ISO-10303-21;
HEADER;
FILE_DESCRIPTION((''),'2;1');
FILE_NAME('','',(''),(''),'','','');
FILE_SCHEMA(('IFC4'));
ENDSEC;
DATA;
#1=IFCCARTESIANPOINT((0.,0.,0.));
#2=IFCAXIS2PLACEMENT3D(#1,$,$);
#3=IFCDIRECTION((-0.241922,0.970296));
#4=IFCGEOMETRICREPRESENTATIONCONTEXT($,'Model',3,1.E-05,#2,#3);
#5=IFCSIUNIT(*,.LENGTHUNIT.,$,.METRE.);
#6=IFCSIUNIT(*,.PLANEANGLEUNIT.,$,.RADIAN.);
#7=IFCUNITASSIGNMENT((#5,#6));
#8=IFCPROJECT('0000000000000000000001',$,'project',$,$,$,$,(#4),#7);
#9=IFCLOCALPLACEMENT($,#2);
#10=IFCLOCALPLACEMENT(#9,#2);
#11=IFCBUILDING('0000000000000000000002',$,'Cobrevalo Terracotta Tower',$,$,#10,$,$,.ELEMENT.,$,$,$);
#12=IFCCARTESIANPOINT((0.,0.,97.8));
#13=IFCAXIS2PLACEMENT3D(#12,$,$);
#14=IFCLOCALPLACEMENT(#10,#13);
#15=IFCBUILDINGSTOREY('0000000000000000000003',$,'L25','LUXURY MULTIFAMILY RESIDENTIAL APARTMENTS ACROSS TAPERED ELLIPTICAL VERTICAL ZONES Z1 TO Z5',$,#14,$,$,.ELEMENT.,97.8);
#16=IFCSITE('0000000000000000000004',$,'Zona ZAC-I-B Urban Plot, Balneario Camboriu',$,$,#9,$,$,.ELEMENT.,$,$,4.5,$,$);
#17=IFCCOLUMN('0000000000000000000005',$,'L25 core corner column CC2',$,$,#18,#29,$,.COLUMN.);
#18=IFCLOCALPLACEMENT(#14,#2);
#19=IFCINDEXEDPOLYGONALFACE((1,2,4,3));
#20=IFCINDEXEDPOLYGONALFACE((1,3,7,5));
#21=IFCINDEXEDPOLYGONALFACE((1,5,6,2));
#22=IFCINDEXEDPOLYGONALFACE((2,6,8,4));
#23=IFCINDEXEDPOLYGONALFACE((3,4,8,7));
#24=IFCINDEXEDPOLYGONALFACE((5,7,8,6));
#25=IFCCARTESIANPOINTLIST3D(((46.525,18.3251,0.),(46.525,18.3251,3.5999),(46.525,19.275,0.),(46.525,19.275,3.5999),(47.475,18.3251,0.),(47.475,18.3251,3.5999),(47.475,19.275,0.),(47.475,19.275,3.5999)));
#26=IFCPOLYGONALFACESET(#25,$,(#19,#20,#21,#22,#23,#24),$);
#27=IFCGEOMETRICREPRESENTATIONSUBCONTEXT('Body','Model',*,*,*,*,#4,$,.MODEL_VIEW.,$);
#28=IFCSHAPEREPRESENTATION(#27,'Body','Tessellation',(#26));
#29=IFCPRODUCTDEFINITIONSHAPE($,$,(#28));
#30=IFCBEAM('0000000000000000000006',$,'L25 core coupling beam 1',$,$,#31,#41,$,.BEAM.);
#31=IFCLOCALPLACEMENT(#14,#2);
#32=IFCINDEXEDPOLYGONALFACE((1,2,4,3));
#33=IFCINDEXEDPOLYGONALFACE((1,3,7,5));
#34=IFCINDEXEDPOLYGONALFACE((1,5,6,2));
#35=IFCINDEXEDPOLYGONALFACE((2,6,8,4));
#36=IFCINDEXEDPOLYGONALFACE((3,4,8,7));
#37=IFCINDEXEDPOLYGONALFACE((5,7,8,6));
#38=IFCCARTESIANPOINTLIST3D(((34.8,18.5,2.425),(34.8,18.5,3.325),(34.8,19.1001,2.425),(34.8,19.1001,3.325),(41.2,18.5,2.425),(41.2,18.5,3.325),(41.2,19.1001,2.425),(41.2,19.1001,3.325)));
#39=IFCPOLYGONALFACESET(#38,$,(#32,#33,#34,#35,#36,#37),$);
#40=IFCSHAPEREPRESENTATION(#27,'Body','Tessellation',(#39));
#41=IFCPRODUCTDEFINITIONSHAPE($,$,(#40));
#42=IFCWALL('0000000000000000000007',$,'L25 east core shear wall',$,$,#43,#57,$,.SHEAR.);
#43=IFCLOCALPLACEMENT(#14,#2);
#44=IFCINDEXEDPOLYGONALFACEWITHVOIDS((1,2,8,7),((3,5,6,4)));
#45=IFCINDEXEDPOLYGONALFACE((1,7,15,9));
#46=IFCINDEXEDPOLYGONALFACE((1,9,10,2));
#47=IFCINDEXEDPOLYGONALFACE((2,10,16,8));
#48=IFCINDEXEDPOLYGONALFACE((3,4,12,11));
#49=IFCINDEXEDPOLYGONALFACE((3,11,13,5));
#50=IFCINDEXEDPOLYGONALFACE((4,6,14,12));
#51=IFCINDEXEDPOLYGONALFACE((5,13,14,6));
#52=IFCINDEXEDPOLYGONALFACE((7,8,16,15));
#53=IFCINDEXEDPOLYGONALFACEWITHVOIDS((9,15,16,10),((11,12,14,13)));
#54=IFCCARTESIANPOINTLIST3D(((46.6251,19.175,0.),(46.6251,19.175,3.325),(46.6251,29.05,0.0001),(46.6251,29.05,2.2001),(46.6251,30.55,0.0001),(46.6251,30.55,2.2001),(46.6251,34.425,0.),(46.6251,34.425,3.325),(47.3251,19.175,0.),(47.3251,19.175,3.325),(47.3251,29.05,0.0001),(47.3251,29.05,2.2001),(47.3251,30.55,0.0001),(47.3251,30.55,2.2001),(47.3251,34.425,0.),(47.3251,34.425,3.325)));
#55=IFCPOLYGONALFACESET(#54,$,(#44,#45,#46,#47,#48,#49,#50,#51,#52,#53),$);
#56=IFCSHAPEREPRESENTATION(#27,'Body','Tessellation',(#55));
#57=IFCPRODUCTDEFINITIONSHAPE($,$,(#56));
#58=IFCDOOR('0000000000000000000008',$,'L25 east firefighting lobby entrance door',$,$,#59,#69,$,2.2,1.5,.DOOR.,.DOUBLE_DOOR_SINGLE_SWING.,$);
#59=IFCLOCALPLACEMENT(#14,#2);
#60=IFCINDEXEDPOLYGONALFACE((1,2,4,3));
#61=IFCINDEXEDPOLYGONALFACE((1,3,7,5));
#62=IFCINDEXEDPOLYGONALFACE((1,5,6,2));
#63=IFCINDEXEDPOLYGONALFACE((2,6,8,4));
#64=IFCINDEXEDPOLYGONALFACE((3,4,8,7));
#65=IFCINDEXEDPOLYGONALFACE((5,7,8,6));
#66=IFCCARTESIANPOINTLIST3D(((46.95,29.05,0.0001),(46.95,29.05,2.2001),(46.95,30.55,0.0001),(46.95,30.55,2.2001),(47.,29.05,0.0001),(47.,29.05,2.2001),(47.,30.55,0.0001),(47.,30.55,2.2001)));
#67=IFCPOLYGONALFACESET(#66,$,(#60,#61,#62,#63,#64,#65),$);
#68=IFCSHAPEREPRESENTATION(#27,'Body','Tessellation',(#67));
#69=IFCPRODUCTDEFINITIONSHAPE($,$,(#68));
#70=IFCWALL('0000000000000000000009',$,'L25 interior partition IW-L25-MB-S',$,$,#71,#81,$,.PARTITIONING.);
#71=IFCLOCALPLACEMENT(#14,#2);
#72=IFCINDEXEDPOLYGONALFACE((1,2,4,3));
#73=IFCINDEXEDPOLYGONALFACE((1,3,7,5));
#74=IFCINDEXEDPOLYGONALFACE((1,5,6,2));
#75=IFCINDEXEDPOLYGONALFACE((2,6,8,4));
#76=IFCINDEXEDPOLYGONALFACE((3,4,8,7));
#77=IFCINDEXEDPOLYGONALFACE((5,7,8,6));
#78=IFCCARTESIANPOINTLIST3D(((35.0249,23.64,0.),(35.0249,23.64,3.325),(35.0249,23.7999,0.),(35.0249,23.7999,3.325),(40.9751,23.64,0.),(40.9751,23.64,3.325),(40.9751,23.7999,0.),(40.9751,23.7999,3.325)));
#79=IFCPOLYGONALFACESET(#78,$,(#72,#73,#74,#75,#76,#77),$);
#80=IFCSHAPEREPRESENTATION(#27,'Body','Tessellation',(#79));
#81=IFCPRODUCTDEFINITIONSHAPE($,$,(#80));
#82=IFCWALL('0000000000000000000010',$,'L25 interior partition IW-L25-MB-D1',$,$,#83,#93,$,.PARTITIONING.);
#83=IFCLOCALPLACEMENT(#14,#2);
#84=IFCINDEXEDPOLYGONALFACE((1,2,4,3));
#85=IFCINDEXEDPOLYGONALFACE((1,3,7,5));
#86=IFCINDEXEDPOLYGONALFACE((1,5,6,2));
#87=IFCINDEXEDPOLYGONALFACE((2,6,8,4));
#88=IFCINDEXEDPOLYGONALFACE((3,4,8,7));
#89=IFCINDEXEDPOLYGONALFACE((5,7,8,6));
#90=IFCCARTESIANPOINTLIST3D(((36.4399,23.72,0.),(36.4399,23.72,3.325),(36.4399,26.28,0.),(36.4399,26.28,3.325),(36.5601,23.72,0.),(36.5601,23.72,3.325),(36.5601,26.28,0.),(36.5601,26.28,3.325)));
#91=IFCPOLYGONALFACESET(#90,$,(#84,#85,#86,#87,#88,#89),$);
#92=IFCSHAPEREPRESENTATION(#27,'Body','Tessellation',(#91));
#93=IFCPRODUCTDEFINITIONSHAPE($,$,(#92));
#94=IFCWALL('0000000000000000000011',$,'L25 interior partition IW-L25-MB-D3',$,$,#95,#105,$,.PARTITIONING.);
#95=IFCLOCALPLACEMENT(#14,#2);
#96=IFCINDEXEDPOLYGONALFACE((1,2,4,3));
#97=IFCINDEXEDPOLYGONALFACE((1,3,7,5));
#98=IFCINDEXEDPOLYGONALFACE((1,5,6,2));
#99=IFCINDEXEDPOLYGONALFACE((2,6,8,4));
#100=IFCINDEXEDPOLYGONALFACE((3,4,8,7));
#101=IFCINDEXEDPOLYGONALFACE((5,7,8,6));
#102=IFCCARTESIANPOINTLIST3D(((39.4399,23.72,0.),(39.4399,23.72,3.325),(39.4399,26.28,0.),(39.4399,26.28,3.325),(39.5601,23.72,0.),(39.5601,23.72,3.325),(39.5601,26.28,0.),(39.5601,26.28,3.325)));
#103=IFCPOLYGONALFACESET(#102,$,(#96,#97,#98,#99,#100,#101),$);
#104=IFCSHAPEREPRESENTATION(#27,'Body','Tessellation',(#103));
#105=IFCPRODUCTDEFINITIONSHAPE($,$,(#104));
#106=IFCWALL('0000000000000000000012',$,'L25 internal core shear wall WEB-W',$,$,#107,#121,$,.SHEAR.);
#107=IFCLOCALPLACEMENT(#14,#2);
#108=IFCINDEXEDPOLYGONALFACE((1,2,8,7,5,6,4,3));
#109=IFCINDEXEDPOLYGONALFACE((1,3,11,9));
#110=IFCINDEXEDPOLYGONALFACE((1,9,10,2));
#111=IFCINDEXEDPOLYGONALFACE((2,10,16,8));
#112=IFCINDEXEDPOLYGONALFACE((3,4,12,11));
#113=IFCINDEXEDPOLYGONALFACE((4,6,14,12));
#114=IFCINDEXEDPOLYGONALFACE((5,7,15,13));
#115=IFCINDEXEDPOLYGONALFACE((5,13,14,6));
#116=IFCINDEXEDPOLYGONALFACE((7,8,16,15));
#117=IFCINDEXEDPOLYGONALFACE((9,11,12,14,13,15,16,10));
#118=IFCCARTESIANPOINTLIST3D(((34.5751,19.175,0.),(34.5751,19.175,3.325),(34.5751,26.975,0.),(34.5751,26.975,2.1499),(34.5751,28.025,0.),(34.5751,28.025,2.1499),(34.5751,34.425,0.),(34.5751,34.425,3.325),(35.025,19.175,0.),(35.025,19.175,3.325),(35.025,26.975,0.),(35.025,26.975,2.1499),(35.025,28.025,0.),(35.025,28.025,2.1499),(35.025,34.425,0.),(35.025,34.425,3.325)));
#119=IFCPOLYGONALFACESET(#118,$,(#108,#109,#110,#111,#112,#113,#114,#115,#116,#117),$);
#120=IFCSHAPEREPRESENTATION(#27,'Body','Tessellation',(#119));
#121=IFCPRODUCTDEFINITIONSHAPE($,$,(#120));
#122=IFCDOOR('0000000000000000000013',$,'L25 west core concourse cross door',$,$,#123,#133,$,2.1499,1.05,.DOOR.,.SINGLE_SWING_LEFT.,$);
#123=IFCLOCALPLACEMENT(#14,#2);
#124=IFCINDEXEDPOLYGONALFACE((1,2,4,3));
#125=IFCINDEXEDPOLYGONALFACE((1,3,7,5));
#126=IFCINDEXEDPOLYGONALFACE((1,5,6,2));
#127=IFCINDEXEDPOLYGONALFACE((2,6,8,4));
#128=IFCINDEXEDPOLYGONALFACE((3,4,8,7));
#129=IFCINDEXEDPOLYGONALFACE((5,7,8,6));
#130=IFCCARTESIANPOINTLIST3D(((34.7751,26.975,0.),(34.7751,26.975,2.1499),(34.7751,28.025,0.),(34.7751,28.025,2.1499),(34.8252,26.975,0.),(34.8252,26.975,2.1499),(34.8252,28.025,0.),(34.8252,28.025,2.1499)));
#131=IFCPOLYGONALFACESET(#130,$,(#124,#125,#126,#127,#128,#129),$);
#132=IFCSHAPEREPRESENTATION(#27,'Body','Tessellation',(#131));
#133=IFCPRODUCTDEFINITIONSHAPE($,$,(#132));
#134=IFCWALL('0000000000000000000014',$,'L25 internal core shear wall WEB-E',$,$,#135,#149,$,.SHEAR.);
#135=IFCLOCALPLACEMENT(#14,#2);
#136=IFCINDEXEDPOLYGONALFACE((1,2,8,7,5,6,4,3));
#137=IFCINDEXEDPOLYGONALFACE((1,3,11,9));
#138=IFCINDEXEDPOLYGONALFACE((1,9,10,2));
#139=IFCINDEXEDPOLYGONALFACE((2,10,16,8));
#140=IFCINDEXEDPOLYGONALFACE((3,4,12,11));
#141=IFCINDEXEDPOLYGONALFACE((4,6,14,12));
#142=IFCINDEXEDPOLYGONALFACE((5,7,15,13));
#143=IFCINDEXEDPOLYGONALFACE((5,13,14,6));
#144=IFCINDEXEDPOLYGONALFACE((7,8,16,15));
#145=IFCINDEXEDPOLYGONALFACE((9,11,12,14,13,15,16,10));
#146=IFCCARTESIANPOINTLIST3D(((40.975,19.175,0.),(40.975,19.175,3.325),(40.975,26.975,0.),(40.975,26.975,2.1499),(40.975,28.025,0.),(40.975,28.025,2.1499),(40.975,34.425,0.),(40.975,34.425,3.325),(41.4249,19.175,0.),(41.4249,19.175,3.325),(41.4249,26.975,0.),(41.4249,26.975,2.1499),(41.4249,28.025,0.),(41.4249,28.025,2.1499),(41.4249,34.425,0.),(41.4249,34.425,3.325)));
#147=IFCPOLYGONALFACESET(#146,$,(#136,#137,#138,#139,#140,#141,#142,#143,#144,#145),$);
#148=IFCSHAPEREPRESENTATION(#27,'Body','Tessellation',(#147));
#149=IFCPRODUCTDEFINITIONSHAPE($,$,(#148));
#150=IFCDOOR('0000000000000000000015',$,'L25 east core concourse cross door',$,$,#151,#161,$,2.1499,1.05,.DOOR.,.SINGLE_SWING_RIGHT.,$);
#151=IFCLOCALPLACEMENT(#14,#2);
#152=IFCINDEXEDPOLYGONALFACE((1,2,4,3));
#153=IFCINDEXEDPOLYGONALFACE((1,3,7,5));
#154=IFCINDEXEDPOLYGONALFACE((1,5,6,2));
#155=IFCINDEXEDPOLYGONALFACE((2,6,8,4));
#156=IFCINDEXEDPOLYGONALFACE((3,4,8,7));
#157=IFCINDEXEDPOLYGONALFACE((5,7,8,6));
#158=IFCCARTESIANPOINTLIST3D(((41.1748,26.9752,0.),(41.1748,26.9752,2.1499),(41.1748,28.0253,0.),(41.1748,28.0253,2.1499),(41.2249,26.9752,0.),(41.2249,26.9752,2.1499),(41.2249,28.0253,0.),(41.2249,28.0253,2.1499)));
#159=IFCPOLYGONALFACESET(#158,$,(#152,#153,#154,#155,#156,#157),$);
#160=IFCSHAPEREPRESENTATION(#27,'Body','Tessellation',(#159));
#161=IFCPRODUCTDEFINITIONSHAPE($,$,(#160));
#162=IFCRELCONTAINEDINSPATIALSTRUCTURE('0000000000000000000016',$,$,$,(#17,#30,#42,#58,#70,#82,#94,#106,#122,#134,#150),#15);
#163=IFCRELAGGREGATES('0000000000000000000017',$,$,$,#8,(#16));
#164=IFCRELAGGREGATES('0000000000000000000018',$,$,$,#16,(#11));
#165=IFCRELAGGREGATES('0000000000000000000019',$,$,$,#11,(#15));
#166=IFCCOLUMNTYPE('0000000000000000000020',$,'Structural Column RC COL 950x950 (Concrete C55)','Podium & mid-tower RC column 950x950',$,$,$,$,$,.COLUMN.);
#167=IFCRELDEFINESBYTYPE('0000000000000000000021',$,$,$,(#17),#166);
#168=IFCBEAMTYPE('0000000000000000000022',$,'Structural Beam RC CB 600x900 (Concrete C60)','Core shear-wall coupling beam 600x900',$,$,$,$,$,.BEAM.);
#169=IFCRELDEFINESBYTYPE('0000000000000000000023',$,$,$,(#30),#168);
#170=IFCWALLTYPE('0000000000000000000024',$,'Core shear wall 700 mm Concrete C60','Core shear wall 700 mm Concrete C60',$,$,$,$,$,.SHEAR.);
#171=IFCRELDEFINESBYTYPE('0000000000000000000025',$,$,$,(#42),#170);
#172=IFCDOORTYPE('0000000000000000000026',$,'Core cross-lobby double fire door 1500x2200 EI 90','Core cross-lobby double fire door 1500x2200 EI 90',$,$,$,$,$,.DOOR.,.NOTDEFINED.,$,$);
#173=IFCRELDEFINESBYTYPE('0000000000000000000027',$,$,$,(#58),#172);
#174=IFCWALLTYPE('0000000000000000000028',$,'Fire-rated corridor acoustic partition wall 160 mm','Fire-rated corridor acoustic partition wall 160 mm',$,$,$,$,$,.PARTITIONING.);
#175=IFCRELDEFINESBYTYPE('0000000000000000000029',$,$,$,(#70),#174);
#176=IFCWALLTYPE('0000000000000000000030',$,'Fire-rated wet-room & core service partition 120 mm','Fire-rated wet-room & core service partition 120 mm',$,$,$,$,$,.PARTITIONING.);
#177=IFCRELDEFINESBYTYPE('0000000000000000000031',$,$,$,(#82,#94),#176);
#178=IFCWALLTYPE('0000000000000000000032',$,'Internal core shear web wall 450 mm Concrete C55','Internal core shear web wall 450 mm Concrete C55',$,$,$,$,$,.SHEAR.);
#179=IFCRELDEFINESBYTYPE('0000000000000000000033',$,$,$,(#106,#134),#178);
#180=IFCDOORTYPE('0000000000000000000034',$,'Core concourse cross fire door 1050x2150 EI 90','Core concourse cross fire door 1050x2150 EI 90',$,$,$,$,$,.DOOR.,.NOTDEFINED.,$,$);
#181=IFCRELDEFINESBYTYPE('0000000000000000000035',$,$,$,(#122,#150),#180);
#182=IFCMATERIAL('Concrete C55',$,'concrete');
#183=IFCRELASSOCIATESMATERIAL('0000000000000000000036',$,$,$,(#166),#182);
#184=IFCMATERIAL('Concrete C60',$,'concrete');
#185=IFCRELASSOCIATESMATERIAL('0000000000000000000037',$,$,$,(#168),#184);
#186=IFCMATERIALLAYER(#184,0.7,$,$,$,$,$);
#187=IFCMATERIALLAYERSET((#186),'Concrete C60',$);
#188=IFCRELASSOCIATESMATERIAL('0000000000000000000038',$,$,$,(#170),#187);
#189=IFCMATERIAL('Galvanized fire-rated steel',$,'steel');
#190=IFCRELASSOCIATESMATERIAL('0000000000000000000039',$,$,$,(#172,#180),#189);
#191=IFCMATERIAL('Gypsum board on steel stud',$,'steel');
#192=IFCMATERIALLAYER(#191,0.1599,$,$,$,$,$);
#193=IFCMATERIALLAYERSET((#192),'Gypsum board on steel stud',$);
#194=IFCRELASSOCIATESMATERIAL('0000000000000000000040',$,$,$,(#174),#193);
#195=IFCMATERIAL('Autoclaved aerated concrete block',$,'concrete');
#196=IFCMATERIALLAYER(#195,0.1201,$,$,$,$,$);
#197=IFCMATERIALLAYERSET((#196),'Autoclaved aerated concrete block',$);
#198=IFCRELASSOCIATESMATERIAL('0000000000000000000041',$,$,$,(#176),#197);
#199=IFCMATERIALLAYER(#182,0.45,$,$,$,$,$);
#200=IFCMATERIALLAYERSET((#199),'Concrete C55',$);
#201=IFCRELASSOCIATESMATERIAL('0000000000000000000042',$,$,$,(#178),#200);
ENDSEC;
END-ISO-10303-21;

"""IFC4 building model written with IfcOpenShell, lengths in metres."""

from ifc_helpers import new_model, si_unit, direction, frame, frame_2d, origin, origin_2d, place, context, subcontext, project, spatial, rectangle, extrude, source, transform, mapped, material, layer, layer_set, material_profile, profile_set, type_object, element, fill, save


model = new_model("IFC4")

# Units and contexts
model_context = context("Model", 3, precision=1e-05, world=origin(), true_north=direction((-0.241922, 0.970296)))
body_context = subcontext(model_context, "Body", "Model", "MODEL_VIEW")
ifc_project = project(units=[si_unit("LENGTHUNIT", "METRE"), si_unit("PLANEANGLEUNIT", "RADIAN")], contexts=[model_context])

# Site, building, storey
site_placement = place(None, origin())
site = spatial("IfcSite", under=ifc_project, at=site_placement, Name="Zona ZAC-I-B Urban Plot, Balneario Camboriu", CompositionType="ELEMENT", RefElevation=4.5)
building_placement = place(site_placement, origin())
building = spatial("IfcBuilding", under=site, at=building_placement, Name="Cobrevalo Terracotta Tower", CompositionType="ELEMENT")
storey_placement = place(building_placement, frame((0.0, 0.0, 97.8)))
storey = spatial("IfcBuildingStorey", under=building, at=storey_placement, Name="L25", Description="LUXURY MULTIFAMILY RESIDENTIAL APARTMENTS ACROSS TAPERED ELLIPTICAL VERTICAL ZONES Z1 TO Z5", CompositionType="ELEMENT", Elevation=97.8)

# Column
ifc_material_1 = material(Name="Concrete C55", Category="concrete")
ifc_material_profile_1 = material_profile(ifc_material_1, rectangle(XDim=0.95, YDim=0.95, at=origin_2d()), Name="RC COL 950x950")
ifc_profile_set_1 = profile_set([ifc_material_profile_1], Name="Concrete C55")
column_type = type_object("IfcColumnType", Name="Structural Column RC COL 950x950 (Concrete C55)", Description="Podium & mid-tower RC column 950x950", PredefinedType="COLUMN", material=ifc_profile_set_1)
column_placement = place(storey_placement, frame((47.0, 18.8, 0.0), z_axis=(0.0, 0.0, 1.0), x_axis=(1.0, 0.0, 0.0)))
element("IfcColumn", 1, at=column_placement, inside=storey, type_object=column_type, Name="L25 core corner column CC2", PredefinedType="COLUMN", context=body_context, shape_type="SweptSolid", body=[
    extrude(rectangle(XDim=0.95, YDim=0.95, at=origin_2d()), origin(), (0.0, 0.0, 1.0), 3.5999),
])

# Beam
ifc_material_2 = material(Name="Concrete C60", Category="concrete")
ifc_material_profile_2 = material_profile(ifc_material_2, rectangle(XDim=0.6001, YDim=0.8999, at=origin_2d()), Name="RC CB 600x900")
ifc_profile_set_2 = profile_set([ifc_material_profile_2], Name="Concrete C60")
beam_type = type_object("IfcBeamType", Name="Structural Beam RC CB 600x900 (Concrete C60)", Description="Core shear-wall coupling beam 600x900", PredefinedType="BEAM", material=ifc_profile_set_2)
beam_placement = place(storey_placement, frame((34.8, 18.8, 2.875), z_axis=(1.0, 0.0, 0.0), x_axis=(0.0, 1.0, 0.0)))
element("IfcBeam", 2, at=beam_placement, inside=storey, type_object=beam_type, Name="L25 core coupling beam 1", PredefinedType="BEAM", context=body_context, shape_type="SweptSolid", body=[
    extrude(rectangle(XDim=0.6001, YDim=0.8999, at=origin_2d()), origin(), (0.0, 0.0, 1.0), 6.3999),
])

# Wall, opening, door
ifc_layer_1 = layer(ifc_material_2, 0.7)
ifc_layer_set_1 = layer_set([ifc_layer_1], Name="Concrete C60")
wall_type_1 = type_object("IfcWallType", Name="Core shear wall 700 mm Concrete C60", Description="Core shear wall 700 mm Concrete C60", PredefinedType="SHEAR", material=ifc_layer_set_1)
wall_1_placement = place(storey_placement, frame((46.9751, 19.175, 0.0), z_axis=(0.0, 0.0, 1.0), x_axis=(0.0, 1.0, 0.0)))
wall_1 = element("IfcWall", 3, at=wall_1_placement, inside=storey, type_object=wall_type_1, Name="L25 east core shear wall", PredefinedType="SHEAR", context=body_context, shape_type="SweptSolid", body=[
    extrude(rectangle(XDim=15.25, YDim=0.7, at=frame_2d((7.625, 0.0))), origin(), (0.0, 0.0, 1.0), 3.325),
])
opening_1_placement = place(wall_1_placement, frame((9.875, 0.0, 0.0)))
opening_1 = element("IfcOpeningElement", 4, at=opening_1_placement, cuts=wall_1, PredefinedType="OPENING", context=body_context, shape_type="SweptSolid", body=[
    extrude(rectangle(XDim=1.5, YDim=2.2, at=frame_2d((0.75, 1.1001))), frame((0.0, 0.3599, 0.0), z_axis=(0.0, -1.0, 0.0), x_axis=(1.0, 0.0, 0.0)), (0.0, 0.0, 1.0), 0.72),
])
ifc_material_3 = material(Name="Galvanized fire-rated steel", Category="steel")
door_type_1 = type_object("IfcDoorType", Name="Core cross-lobby double fire door 1500x2200 EI 90", Description="Core cross-lobby double fire door 1500x2200 EI 90", OperationType="NOTDEFINED", PredefinedType="DOOR", material=ifc_material_3)
shared_shape_1 = source(origin(), body_context, "Body", "SweptSolid", [
    extrude(rectangle(XDim=1.5, YDim=2.2, at=frame_2d((0.75, 1.1001))), frame((0.0, 0.0249, 0.0), z_axis=(0.0, -1.0, 0.0), x_axis=(1.0, 0.0, 0.0)), (0.0, 0.0, 1.0), 0.05),
])
door_1_placement = place(opening_1_placement, frame((1.5, 0.0, 0.0), z_axis=(0.0, 0.0, 1.0), x_axis=(-1.0, 0.0, 0.0)))
door_1 = element("IfcDoor", 5, at=door_1_placement, inside=storey, type_object=door_type_1, Name="L25 east firefighting lobby entrance door", OperationType="DOUBLE_DOOR_SINGLE_SWING", OverallHeight=2.2, OverallWidth=1.5, PredefinedType="DOOR", context=body_context, shape_type="MappedRepresentation", body=[
    mapped(shared_shape_1, transform((0.0, 0.0, 0.0), scale=1.0)),
])
fill(opening_1, door_1)

# Walls
ifc_material_4 = material(Name="Gypsum board on steel stud", Category="steel")
ifc_layer_2 = layer(ifc_material_4, 0.1599)
ifc_layer_set_2 = layer_set([ifc_layer_2], Name="Gypsum board on steel stud")
wall_type_2 = type_object("IfcWallType", Name="Fire-rated corridor acoustic partition wall 160 mm", Description="Fire-rated corridor acoustic partition wall 160 mm", PredefinedType="PARTITIONING", material=ifc_layer_set_2)
wall_2_placement = place(storey_placement, frame((35.0249, 23.72, 0.0), z_axis=(0.0, 0.0, 1.0), x_axis=(1.0, 0.0, 0.0)))
element("IfcWall", 6, at=wall_2_placement, inside=storey, type_object=wall_type_2, Name="L25 interior partition IW-L25-MB-S", PredefinedType="PARTITIONING", context=body_context, shape_type="SweptSolid", body=[
    extrude(rectangle(XDim=5.9502, YDim=0.1599, at=frame_2d((2.9751, 0.0))), origin(), (0.0, 0.0, 1.0), 3.325),
])
ifc_material_5 = material(Name="Autoclaved aerated concrete block", Category="concrete")
ifc_layer_3 = layer(ifc_material_5, 0.1201)
ifc_layer_set_3 = layer_set([ifc_layer_3], Name="Autoclaved aerated concrete block")
wall_type_3 = type_object("IfcWallType", Name="Fire-rated wet-room & core service partition 120 mm", Description="Fire-rated wet-room & core service partition 120 mm", PredefinedType="PARTITIONING", material=ifc_layer_set_3)
for number, where, z_axis, x_axis, name in (
    (7, (36.5, 23.72, 0.0), (0.0, 0.0, 1.0), (0.0, 1.0, 0.0), "L25 interior partition IW-L25-MB-D1"),
    (8, (39.5, 23.72, 0.0), (0.0, 0.0, 1.0), (0.0, 1.0, 0.0), "L25 interior partition IW-L25-MB-D3"),
):
    element("IfcWall", number, at=place(storey_placement, frame(where, z_axis=z_axis, x_axis=x_axis)), inside=storey, type_object=wall_type_3, Name=name, PredefinedType="PARTITIONING", context=body_context, shape_type="SweptSolid", body=[
        extrude(rectangle(XDim=2.5601, YDim=0.1201, at=frame_2d((1.28, 0.0))), origin(), (0.0, 0.0, 1.0), 3.325),
    ])

# Walls, openings, doors
ifc_layer_4 = layer(ifc_material_1, 0.45)
ifc_layer_set_4 = layer_set([ifc_layer_4], Name="Concrete C55")
wall_type_4 = type_object("IfcWallType", Name="Internal core shear web wall 450 mm Concrete C55", Description="Internal core shear web wall 450 mm Concrete C55", PredefinedType="SHEAR", material=ifc_layer_set_4)
wall_3_placement = place(storey_placement, frame((34.8, 19.175, 0.0), z_axis=(0.0, 0.0, 1.0), x_axis=(0.0, 1.0, 0.0)))
wall_3 = element("IfcWall", 9, at=wall_3_placement, inside=storey, type_object=wall_type_4, Name="L25 internal core shear wall WEB-W", PredefinedType="SHEAR", context=body_context, shape_type="SweptSolid", body=[
    extrude(rectangle(XDim=15.25, YDim=0.45, at=frame_2d((7.625, 0.0))), origin(), (0.0, 0.0, 1.0), 3.325),
])
opening_2_placement = place(wall_3_placement, frame((7.8, 0.0, 0.0)))
opening_2 = element("IfcOpeningElement", 10, at=opening_2_placement, cuts=wall_3, PredefinedType="OPENING", context=body_context, shape_type="SweptSolid", body=[
    extrude(rectangle(XDim=1.05, YDim=2.1499, at=frame_2d((0.5249, 1.075))), frame((0.0, 0.2349, 0.0), z_axis=(0.0, -1.0, 0.0), x_axis=(1.0, 0.0, 0.0)), (0.0, 0.0, 1.0), 0.47),
])
door_type_2 = type_object("IfcDoorType", Name="Core concourse cross fire door 1050x2150 EI 90", Description="Core concourse cross fire door 1050x2150 EI 90", OperationType="NOTDEFINED", PredefinedType="DOOR", material=ifc_material_3)
shared_shape_2 = source(origin(), body_context, "Body", "SweptSolid", [
    extrude(rectangle(XDim=1.05, YDim=2.1499, at=frame_2d((0.5249, 1.075))), frame((0.0, 0.0249, 0.0), z_axis=(0.0, -1.0, 0.0), x_axis=(1.0, 0.0, 0.0)), (0.0, 0.0, 1.0), 0.05),
])
door_2_placement = place(opening_2_placement, origin())
door_2 = element("IfcDoor", 11, at=door_2_placement, inside=storey, type_object=door_type_2, Name="L25 west core concourse cross door", OperationType="SINGLE_SWING_LEFT", OverallHeight=2.1499, OverallWidth=1.05, PredefinedType="DOOR", context=body_context, shape_type="MappedRepresentation", body=[
    mapped(shared_shape_2, transform((0.0, 0.0, 0.0), scale=1.0)),
])
fill(opening_2, door_2)
wall_4_placement = place(storey_placement, frame((41.2, 19.175, 0.0), z_axis=(0.0, 0.0, 1.0), x_axis=(0.0, 1.0, 0.0)))
wall_4 = element("IfcWall", 12, at=wall_4_placement, inside=storey, type_object=wall_type_4, Name="L25 internal core shear wall WEB-E", PredefinedType="SHEAR", context=body_context, shape_type="SweptSolid", body=[
    extrude(rectangle(XDim=15.25, YDim=0.45, at=frame_2d((7.625, 0.0))), origin(), (0.0, 0.0, 1.0), 3.325),
])
opening_3_placement = place(wall_4_placement, frame((7.8, 0.0, 0.0)))
opening_3 = element("IfcOpeningElement", 13, at=opening_3_placement, cuts=wall_4, PredefinedType="OPENING", context=body_context, shape_type="SweptSolid", body=[
    extrude(rectangle(XDim=1.05, YDim=2.1499, at=frame_2d((0.5249, 1.075))), frame((0.0, 0.2349, 0.0), z_axis=(0.0, -1.0, 0.0), x_axis=(1.0, 0.0, 0.0)), (0.0, 0.0, 1.0), 0.47),
])
door_3_placement = place(opening_3_placement, frame((1.05, 0.0, 0.0), z_axis=(0.0, 0.0, 1.0), x_axis=(-1.0, 0.0, 0.0)))
door_3 = element("IfcDoor", 14, at=door_3_placement, inside=storey, type_object=door_type_2, Name="L25 east core concourse cross door", OperationType="SINGLE_SWING_RIGHT", OverallHeight=2.1499, OverallWidth=1.05, PredefinedType="DOOR", context=body_context, shape_type="MappedRepresentation", body=[
    mapped(shared_shape_2, transform((0.0, 0.0, 0.0), scale=1.0)),
])
fill(opening_3, door_3)

save(model, "model.ifc")
